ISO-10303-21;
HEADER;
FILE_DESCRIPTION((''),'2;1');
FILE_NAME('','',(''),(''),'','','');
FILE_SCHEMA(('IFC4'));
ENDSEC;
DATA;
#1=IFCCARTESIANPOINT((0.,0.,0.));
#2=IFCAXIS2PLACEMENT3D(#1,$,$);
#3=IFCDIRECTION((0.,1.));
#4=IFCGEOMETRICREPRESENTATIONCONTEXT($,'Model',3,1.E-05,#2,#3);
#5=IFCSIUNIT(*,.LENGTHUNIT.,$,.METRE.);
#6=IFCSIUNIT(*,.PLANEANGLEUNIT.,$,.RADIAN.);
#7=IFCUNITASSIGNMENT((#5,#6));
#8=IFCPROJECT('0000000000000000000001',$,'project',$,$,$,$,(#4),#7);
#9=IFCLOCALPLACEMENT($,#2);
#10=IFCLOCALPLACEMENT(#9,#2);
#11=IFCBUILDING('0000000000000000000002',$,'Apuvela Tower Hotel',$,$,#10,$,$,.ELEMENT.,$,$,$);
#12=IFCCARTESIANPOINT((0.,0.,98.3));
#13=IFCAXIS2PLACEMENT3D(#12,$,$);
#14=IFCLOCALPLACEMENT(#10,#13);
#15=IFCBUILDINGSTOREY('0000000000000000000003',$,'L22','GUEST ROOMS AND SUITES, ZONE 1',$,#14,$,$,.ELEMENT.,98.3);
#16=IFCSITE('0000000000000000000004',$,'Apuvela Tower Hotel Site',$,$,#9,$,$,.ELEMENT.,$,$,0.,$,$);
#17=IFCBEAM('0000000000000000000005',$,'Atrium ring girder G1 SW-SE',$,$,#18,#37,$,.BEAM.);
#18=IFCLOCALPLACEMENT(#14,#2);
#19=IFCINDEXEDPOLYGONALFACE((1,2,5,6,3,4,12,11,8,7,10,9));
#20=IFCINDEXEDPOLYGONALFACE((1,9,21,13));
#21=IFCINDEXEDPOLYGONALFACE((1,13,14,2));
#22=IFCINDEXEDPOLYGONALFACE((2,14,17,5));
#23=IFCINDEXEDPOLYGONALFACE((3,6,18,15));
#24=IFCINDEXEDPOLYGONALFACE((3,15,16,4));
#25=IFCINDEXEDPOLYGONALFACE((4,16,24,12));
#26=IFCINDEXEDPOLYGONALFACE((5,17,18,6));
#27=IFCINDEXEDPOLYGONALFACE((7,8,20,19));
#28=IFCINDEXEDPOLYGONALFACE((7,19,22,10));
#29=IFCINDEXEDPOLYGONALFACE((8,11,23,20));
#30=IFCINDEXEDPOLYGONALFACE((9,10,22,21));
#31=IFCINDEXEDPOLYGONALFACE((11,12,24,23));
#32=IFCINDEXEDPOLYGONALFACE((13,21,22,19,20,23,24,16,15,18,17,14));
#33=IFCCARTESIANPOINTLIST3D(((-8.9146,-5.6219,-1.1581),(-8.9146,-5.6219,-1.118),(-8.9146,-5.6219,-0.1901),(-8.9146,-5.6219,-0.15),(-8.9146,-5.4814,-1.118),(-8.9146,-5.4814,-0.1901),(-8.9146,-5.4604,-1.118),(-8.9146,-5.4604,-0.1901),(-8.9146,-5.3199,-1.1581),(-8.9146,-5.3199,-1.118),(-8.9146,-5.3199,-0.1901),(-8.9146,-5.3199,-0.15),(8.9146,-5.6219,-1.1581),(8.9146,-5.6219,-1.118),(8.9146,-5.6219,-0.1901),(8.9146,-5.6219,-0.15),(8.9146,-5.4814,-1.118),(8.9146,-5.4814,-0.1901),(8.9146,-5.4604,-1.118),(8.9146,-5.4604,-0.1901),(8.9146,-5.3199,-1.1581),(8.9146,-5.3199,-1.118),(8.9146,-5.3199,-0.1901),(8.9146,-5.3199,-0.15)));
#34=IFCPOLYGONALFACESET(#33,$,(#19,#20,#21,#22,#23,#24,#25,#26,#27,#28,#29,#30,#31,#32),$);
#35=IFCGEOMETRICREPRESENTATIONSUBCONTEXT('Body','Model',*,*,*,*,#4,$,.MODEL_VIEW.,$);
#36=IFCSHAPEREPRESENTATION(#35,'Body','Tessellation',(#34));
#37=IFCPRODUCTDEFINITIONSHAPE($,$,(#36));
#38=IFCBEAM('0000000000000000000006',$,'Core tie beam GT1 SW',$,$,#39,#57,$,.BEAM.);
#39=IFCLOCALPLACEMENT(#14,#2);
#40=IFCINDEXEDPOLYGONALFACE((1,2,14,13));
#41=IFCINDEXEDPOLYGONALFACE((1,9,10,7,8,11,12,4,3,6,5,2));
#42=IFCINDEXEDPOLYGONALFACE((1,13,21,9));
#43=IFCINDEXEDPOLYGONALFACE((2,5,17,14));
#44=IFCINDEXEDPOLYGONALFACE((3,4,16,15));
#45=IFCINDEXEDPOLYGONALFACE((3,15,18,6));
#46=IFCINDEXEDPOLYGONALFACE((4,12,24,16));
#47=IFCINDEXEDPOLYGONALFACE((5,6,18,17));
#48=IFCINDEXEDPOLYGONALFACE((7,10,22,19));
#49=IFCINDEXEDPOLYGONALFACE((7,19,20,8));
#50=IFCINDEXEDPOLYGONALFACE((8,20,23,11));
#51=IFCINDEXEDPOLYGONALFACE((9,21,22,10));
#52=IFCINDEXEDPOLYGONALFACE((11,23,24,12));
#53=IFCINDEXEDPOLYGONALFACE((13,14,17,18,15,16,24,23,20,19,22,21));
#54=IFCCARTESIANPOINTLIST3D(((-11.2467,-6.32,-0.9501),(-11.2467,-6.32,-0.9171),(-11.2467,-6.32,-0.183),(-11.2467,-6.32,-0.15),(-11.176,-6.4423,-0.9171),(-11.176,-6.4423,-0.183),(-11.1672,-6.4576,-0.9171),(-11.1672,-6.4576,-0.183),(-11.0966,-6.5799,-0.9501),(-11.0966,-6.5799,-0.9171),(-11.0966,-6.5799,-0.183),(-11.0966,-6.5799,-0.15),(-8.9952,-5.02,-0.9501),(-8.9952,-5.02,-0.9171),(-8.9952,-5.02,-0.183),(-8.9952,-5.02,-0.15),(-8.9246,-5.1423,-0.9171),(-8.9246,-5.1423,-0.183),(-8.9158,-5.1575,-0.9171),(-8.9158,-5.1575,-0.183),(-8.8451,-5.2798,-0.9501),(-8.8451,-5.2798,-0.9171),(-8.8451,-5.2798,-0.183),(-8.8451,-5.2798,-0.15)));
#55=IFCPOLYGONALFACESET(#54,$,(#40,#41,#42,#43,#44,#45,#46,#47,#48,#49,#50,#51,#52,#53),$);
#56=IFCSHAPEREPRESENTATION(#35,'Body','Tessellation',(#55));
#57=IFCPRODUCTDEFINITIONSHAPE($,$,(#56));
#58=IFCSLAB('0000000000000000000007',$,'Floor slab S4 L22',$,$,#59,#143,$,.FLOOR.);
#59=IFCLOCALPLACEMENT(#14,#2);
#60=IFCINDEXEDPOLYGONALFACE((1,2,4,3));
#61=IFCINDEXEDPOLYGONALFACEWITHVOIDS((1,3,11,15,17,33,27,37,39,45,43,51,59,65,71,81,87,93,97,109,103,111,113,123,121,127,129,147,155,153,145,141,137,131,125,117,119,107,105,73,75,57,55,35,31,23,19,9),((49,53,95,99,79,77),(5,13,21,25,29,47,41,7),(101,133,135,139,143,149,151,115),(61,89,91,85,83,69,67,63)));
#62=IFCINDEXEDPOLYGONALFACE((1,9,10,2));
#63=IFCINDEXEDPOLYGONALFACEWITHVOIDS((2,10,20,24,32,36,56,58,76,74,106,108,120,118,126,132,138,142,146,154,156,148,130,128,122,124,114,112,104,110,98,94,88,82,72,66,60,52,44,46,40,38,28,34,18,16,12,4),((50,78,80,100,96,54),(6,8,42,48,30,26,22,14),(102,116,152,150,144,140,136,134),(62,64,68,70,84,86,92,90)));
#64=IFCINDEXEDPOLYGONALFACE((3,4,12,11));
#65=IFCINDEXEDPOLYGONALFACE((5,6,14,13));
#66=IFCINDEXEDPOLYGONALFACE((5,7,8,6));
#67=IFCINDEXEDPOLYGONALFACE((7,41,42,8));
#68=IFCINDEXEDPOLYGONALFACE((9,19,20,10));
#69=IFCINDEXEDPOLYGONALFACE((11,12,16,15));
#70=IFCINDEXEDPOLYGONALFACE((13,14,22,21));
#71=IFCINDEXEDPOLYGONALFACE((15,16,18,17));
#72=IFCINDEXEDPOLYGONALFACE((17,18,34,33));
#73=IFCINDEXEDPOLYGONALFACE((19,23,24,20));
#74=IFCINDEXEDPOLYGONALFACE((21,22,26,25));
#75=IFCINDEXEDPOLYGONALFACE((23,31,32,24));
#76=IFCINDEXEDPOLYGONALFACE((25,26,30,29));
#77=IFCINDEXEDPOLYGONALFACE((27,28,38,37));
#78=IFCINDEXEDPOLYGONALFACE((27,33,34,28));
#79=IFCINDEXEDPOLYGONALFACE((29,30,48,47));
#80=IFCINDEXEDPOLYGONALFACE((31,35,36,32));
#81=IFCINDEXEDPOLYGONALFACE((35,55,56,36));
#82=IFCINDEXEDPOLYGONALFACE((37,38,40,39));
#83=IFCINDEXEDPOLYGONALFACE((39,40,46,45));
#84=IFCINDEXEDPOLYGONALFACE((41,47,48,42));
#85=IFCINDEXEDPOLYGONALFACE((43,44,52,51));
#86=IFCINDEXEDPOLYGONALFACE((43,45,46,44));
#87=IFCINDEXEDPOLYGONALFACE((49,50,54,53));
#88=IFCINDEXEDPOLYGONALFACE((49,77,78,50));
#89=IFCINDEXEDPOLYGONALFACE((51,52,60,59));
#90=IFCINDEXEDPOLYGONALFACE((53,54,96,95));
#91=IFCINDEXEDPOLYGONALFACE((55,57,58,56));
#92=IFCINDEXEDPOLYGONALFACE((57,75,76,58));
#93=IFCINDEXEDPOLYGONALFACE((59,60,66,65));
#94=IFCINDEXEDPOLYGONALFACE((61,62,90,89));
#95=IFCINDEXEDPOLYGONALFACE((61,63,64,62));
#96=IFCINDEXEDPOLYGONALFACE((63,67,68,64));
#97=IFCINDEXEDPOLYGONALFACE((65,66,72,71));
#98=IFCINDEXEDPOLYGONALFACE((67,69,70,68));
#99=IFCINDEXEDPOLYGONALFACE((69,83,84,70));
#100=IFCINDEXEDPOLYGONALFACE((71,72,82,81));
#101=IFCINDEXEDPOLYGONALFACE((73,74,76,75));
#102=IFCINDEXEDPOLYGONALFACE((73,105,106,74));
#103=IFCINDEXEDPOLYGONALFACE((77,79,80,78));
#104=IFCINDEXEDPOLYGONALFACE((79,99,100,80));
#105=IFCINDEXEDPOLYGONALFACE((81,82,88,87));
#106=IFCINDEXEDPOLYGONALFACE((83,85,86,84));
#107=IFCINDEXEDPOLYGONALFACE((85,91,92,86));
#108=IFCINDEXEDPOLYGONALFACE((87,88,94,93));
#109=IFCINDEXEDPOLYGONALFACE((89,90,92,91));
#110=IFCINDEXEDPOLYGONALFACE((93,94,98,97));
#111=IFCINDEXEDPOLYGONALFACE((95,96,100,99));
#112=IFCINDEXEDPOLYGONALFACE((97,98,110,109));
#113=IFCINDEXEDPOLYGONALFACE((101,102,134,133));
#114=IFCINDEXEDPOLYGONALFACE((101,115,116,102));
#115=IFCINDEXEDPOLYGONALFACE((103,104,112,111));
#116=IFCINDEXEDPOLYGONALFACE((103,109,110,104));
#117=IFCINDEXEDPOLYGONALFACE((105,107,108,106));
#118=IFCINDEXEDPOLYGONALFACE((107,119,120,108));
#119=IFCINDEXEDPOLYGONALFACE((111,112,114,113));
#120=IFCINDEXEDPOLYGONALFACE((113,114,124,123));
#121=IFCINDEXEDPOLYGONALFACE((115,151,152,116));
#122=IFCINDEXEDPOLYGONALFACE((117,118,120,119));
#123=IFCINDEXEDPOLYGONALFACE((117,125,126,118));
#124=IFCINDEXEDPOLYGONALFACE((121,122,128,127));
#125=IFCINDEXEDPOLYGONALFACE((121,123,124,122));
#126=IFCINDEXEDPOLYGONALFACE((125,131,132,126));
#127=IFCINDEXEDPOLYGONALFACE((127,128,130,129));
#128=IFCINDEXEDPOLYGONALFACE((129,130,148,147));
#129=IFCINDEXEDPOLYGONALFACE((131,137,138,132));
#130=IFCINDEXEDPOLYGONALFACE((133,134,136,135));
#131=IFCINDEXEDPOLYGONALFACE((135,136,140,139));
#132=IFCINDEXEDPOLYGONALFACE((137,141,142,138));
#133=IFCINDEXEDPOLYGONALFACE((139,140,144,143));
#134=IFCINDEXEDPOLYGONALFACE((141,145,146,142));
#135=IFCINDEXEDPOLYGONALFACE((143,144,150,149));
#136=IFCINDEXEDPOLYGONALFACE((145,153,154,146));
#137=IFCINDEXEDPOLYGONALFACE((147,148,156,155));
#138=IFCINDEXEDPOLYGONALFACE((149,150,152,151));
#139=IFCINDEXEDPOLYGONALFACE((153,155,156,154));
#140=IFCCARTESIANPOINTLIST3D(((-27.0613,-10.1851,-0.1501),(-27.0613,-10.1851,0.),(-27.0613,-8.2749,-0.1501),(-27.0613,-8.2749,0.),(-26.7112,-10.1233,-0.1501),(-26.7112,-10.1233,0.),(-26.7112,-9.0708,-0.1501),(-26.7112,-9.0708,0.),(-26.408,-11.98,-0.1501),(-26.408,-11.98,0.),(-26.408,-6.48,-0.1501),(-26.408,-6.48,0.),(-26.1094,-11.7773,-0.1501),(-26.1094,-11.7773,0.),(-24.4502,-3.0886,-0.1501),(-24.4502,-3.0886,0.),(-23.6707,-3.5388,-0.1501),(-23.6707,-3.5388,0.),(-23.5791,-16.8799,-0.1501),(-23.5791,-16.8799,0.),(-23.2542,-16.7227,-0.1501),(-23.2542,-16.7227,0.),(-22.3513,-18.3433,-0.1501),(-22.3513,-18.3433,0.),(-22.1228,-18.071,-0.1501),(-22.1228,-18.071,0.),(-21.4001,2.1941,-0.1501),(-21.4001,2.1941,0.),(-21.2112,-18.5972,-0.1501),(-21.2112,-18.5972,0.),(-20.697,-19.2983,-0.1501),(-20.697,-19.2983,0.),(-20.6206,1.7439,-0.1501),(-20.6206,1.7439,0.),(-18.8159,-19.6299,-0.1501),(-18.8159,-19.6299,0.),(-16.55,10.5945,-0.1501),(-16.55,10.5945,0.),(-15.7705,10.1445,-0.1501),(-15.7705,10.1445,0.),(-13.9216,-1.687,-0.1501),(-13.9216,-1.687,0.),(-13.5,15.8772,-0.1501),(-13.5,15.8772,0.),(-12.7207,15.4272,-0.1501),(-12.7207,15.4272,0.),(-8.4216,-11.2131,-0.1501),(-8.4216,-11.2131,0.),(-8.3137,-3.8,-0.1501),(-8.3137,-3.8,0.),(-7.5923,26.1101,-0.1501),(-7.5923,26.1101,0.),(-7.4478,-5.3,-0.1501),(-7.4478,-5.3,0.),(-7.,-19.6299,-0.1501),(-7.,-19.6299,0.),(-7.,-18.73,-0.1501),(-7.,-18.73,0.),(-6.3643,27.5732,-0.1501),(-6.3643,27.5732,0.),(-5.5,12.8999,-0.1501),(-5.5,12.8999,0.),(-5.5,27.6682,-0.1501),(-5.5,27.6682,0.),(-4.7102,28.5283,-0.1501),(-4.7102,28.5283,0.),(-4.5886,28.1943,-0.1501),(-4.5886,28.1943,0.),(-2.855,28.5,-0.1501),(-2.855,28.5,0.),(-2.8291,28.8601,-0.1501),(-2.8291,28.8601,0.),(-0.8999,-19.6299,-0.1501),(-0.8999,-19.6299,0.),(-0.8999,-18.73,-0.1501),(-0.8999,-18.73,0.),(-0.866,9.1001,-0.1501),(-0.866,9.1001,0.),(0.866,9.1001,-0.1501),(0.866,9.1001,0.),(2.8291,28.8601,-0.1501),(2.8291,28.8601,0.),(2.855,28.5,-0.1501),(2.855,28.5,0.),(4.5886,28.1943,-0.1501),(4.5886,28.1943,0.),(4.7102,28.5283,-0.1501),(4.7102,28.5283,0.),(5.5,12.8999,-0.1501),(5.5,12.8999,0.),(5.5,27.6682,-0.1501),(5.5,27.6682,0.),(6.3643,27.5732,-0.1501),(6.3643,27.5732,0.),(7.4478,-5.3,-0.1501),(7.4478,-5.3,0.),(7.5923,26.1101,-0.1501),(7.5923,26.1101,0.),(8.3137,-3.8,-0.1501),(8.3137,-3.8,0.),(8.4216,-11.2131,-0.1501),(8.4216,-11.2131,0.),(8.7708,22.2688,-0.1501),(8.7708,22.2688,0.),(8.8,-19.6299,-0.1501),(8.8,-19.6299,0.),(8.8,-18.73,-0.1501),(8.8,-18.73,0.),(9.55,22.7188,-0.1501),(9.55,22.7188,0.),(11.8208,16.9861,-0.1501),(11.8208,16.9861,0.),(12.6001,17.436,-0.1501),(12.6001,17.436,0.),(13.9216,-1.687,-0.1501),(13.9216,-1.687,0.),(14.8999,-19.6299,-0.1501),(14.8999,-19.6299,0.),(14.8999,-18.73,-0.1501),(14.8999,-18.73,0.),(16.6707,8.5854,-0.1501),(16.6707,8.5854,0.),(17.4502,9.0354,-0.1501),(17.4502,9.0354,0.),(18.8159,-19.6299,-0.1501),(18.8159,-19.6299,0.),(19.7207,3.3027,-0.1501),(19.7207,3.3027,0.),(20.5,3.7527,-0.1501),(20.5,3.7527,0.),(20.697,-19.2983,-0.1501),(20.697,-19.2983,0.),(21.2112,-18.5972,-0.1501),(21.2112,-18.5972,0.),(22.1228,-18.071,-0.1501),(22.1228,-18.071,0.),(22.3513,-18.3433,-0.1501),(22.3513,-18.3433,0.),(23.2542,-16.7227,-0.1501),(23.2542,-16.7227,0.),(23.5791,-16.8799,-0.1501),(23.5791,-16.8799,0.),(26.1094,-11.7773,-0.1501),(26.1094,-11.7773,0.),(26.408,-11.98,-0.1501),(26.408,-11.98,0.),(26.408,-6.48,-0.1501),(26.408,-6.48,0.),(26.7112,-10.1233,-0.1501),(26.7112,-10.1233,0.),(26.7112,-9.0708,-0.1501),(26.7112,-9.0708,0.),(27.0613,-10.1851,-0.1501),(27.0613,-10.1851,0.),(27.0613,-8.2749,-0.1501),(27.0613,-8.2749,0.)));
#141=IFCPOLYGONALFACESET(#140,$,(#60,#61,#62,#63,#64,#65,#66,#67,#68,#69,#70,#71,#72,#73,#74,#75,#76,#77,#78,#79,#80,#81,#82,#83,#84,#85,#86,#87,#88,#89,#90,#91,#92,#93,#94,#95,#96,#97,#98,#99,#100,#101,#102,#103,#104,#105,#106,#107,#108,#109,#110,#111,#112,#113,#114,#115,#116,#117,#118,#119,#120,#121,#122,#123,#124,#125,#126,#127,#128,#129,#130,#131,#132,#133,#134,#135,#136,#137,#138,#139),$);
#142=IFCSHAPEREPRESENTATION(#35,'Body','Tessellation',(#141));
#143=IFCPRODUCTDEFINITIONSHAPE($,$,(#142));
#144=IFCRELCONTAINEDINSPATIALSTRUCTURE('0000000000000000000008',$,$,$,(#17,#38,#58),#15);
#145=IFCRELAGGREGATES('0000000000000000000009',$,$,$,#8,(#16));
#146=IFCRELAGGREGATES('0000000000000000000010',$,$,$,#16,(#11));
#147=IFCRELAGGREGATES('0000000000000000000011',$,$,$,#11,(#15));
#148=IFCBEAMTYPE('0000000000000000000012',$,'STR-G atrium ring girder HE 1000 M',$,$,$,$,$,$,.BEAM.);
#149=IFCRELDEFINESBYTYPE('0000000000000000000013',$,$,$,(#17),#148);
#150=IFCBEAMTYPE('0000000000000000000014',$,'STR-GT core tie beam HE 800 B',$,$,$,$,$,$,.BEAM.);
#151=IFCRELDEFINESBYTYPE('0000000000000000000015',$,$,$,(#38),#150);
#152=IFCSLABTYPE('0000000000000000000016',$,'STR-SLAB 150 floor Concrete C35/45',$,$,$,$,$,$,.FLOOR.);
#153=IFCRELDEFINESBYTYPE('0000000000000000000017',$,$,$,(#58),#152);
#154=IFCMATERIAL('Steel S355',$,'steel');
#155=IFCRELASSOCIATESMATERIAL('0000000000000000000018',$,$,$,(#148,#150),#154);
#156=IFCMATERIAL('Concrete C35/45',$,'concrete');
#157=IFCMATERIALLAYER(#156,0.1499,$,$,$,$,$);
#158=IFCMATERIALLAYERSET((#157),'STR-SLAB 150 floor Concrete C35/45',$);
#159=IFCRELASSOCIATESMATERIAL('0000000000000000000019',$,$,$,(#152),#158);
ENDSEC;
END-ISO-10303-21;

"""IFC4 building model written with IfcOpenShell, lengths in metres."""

from ifc_helpers import new_model, si_unit, direction, frame, origin, origin_2d, place, context, subcontext, project, spatial, polyline, i_section, outline, extrude, material, layer, layer_set, material_profile, profile_set, type_object, element, save


model = new_model("IFC4")

# Units and contexts
model_context = context("Model", 3, precision=1e-05, world=origin(), true_north=direction((0.0, 1.0)))
body_context = subcontext(model_context, "Body", "Model", "MODEL_VIEW")
ifc_project = project(units=[si_unit("LENGTHUNIT", "METRE"), si_unit("PLANEANGLEUNIT", "RADIAN")], contexts=[model_context])

# Site, building, storey
site_placement = place(None, origin())
site = spatial("IfcSite", under=ifc_project, at=site_placement, Name="Apuvela Tower Hotel Site", CompositionType="ELEMENT", RefElevation=0.0)
building_placement = place(site_placement, origin())
building = spatial("IfcBuilding", under=site, at=building_placement, Name="Apuvela Tower Hotel", CompositionType="ELEMENT")
storey_placement = place(building_placement, frame((0.0, 0.0, 98.3)))
storey = spatial("IfcBuildingStorey", under=building, at=storey_placement, Name="L22", Description="GUEST ROOMS AND SUITES, ZONE 1", CompositionType="ELEMENT", Elevation=98.3)

# Beams
ifc_material_1 = material(Name="Steel S355", Category="steel")
ifc_material_profile_1 = material_profile(ifc_material_1, i_section(OverallWidth=0.302, OverallDepth=1.0081, WebThickness=0.021, FlangeThickness=0.04, at=origin_2d()), Name="HE 1000 M")
ifc_profile_set_1 = profile_set([ifc_material_profile_1], Name="Steel S355")
beam_type_1 = type_object("IfcBeamType", Name="STR-G atrium ring girder HE 1000 M", PredefinedType="BEAM", material=ifc_profile_set_1)
beam_1_placement = place(storey_placement, frame((-8.9146, -5.4709, -0.6541), z_axis=(1.0, 0.0, 0.0), x_axis=(0.0, 1.0, 0.0)))
element("IfcBeam", 1, at=beam_1_placement, inside=storey, type_object=beam_type_1, Name="Atrium ring girder G1 SW-SE", PredefinedType="BEAM", context=body_context, shape_type="SweptSolid", body=[
    extrude(i_section(OverallWidth=0.302, OverallDepth=1.0081, WebThickness=0.021, FlangeThickness=0.04, at=origin_2d()), origin(), (0.0, 0.0, 1.0), 17.8291),
])
ifc_material_profile_2 = material_profile(ifc_material_1, i_section(OverallWidth=0.3, OverallDepth=0.8, WebThickness=0.0176, FlangeThickness=0.033, at=origin_2d()), Name="HE 800 B")
ifc_profile_set_2 = profile_set([ifc_material_profile_2], Name="Steel S355")
beam_type_2 = type_object("IfcBeamType", Name="STR-GT core tie beam HE 800 B", PredefinedType="BEAM", material=ifc_profile_set_2)
beam_2_placement = place(storey_placement, frame((-11.1716, -6.45, -0.55), z_axis=(0.865998, 0.500048, 0.0), x_axis=(-0.500048, 0.865998, 0.0)))
element("IfcBeam", 2, at=beam_2_placement, inside=storey, type_object=beam_type_2, Name="Core tie beam GT1 SW", PredefinedType="BEAM", context=body_context, shape_type="SweptSolid", body=[
    extrude(i_section(OverallWidth=0.3, OverallDepth=0.8, WebThickness=0.0176, FlangeThickness=0.033, at=origin_2d()), origin(), (0.0, 0.0, 1.0), 2.5999),
])

# Slab
ifc_material_2 = material(Name="Concrete C35/45", Category="concrete")
ifc_layer_1 = layer(ifc_material_2, 0.1499)
ifc_layer_set_1 = layer_set([ifc_layer_1], Name="STR-SLAB 150 floor Concrete C35/45")
slab_type = type_object("IfcSlabType", Name="STR-SLAB 150 floor Concrete C35/45", PredefinedType="FLOOR", material=ifc_layer_set_1)
slab_placement = place(storey_placement, frame((0.0, 0.0, -0.1501)))
element("IfcSlab", 3, at=slab_placement, inside=storey, type_object=slab_type, Name="Floor slab S4 L22", PredefinedType="FLOOR", context=body_context, shape_type="SweptSolid", body=[
    extrude(outline(polyline([(-6.3643, 27.5732), (-4.7102, 28.5283), (-2.8291, 28.8601), (2.8291, 28.8601), (4.7102, 28.5283), (6.3643, 27.5732), (7.5923, 26.1101), (9.55, 22.7188), (8.7708, 22.2688), (11.8208, 16.9861), (12.6001, 17.436), (17.4502, 9.0354), (16.6707, 8.5854), (19.7207, 3.3027), (20.5, 3.7527), (26.408, -6.48), (27.0613, -8.2749), (27.0613, -10.1851), (26.408, -11.98), (23.5791, -16.8799), (22.3513, -18.3433), (20.697, -19.2983), (18.8159, -19.6299), (14.8999, -19.6299), (14.8999, -18.73), (8.8, -18.73), (8.8, -19.6299), (-0.8999, -19.6299), (-0.8999, -18.73), (-7.0, -18.73), (-7.0, -19.6299), (-18.8159, -19.6299), (-20.697, -19.2983), (-22.3513, -18.3433), (-23.5791, -16.8799), (-26.408, -11.98), (-27.0613, -10.1851), (-27.0613, -8.2749), (-26.408, -6.48), (-24.4502, -3.0886), (-23.6707, -3.5388), (-20.6206, 1.7439), (-21.4001, 2.1941), (-16.55, 10.5945), (-15.7705, 10.1445), (-12.7207, 15.4272), (-13.5, 15.8772), (-7.5923, 26.1101), (-6.3643, 27.5732)]), holes=[polyline([(0.866, 9.1001), (-0.866, 9.1001), (-8.3137, -3.8), (-7.4478, -5.3), (7.4478, -5.3), (8.3137, -3.8), (0.866, 9.1001)]), polyline([(-5.5, 12.8999), (-5.5, 27.6682), (-4.5886, 28.1943), (-2.855, 28.5), (2.855, 28.5), (4.5886, 28.1943), (5.5, 27.6682), (5.5, 12.8999), (-5.5, 12.8999)]), polyline([(-8.4216, -11.2131), (-21.2112, -18.5972), (-22.1228, -18.071), (-23.2542, -16.7227), (-26.1094, -11.7773), (-26.7112, -10.1233), (-26.7112, -9.0708), (-13.9216, -1.687), (-8.4216, -11.2131)]), polyline([(13.9216, -1.687), (26.7112, -9.0708), (26.7112, -10.1233), (26.1094, -11.7773), (23.2542, -16.7227), (22.1228, -18.071), (21.2112, -18.5972), (8.4216, -11.2131), (13.9216, -1.687)])]), origin(), (0.0, 0.0, 1.0), 0.1501),
])

save(model, "model.ifc")
